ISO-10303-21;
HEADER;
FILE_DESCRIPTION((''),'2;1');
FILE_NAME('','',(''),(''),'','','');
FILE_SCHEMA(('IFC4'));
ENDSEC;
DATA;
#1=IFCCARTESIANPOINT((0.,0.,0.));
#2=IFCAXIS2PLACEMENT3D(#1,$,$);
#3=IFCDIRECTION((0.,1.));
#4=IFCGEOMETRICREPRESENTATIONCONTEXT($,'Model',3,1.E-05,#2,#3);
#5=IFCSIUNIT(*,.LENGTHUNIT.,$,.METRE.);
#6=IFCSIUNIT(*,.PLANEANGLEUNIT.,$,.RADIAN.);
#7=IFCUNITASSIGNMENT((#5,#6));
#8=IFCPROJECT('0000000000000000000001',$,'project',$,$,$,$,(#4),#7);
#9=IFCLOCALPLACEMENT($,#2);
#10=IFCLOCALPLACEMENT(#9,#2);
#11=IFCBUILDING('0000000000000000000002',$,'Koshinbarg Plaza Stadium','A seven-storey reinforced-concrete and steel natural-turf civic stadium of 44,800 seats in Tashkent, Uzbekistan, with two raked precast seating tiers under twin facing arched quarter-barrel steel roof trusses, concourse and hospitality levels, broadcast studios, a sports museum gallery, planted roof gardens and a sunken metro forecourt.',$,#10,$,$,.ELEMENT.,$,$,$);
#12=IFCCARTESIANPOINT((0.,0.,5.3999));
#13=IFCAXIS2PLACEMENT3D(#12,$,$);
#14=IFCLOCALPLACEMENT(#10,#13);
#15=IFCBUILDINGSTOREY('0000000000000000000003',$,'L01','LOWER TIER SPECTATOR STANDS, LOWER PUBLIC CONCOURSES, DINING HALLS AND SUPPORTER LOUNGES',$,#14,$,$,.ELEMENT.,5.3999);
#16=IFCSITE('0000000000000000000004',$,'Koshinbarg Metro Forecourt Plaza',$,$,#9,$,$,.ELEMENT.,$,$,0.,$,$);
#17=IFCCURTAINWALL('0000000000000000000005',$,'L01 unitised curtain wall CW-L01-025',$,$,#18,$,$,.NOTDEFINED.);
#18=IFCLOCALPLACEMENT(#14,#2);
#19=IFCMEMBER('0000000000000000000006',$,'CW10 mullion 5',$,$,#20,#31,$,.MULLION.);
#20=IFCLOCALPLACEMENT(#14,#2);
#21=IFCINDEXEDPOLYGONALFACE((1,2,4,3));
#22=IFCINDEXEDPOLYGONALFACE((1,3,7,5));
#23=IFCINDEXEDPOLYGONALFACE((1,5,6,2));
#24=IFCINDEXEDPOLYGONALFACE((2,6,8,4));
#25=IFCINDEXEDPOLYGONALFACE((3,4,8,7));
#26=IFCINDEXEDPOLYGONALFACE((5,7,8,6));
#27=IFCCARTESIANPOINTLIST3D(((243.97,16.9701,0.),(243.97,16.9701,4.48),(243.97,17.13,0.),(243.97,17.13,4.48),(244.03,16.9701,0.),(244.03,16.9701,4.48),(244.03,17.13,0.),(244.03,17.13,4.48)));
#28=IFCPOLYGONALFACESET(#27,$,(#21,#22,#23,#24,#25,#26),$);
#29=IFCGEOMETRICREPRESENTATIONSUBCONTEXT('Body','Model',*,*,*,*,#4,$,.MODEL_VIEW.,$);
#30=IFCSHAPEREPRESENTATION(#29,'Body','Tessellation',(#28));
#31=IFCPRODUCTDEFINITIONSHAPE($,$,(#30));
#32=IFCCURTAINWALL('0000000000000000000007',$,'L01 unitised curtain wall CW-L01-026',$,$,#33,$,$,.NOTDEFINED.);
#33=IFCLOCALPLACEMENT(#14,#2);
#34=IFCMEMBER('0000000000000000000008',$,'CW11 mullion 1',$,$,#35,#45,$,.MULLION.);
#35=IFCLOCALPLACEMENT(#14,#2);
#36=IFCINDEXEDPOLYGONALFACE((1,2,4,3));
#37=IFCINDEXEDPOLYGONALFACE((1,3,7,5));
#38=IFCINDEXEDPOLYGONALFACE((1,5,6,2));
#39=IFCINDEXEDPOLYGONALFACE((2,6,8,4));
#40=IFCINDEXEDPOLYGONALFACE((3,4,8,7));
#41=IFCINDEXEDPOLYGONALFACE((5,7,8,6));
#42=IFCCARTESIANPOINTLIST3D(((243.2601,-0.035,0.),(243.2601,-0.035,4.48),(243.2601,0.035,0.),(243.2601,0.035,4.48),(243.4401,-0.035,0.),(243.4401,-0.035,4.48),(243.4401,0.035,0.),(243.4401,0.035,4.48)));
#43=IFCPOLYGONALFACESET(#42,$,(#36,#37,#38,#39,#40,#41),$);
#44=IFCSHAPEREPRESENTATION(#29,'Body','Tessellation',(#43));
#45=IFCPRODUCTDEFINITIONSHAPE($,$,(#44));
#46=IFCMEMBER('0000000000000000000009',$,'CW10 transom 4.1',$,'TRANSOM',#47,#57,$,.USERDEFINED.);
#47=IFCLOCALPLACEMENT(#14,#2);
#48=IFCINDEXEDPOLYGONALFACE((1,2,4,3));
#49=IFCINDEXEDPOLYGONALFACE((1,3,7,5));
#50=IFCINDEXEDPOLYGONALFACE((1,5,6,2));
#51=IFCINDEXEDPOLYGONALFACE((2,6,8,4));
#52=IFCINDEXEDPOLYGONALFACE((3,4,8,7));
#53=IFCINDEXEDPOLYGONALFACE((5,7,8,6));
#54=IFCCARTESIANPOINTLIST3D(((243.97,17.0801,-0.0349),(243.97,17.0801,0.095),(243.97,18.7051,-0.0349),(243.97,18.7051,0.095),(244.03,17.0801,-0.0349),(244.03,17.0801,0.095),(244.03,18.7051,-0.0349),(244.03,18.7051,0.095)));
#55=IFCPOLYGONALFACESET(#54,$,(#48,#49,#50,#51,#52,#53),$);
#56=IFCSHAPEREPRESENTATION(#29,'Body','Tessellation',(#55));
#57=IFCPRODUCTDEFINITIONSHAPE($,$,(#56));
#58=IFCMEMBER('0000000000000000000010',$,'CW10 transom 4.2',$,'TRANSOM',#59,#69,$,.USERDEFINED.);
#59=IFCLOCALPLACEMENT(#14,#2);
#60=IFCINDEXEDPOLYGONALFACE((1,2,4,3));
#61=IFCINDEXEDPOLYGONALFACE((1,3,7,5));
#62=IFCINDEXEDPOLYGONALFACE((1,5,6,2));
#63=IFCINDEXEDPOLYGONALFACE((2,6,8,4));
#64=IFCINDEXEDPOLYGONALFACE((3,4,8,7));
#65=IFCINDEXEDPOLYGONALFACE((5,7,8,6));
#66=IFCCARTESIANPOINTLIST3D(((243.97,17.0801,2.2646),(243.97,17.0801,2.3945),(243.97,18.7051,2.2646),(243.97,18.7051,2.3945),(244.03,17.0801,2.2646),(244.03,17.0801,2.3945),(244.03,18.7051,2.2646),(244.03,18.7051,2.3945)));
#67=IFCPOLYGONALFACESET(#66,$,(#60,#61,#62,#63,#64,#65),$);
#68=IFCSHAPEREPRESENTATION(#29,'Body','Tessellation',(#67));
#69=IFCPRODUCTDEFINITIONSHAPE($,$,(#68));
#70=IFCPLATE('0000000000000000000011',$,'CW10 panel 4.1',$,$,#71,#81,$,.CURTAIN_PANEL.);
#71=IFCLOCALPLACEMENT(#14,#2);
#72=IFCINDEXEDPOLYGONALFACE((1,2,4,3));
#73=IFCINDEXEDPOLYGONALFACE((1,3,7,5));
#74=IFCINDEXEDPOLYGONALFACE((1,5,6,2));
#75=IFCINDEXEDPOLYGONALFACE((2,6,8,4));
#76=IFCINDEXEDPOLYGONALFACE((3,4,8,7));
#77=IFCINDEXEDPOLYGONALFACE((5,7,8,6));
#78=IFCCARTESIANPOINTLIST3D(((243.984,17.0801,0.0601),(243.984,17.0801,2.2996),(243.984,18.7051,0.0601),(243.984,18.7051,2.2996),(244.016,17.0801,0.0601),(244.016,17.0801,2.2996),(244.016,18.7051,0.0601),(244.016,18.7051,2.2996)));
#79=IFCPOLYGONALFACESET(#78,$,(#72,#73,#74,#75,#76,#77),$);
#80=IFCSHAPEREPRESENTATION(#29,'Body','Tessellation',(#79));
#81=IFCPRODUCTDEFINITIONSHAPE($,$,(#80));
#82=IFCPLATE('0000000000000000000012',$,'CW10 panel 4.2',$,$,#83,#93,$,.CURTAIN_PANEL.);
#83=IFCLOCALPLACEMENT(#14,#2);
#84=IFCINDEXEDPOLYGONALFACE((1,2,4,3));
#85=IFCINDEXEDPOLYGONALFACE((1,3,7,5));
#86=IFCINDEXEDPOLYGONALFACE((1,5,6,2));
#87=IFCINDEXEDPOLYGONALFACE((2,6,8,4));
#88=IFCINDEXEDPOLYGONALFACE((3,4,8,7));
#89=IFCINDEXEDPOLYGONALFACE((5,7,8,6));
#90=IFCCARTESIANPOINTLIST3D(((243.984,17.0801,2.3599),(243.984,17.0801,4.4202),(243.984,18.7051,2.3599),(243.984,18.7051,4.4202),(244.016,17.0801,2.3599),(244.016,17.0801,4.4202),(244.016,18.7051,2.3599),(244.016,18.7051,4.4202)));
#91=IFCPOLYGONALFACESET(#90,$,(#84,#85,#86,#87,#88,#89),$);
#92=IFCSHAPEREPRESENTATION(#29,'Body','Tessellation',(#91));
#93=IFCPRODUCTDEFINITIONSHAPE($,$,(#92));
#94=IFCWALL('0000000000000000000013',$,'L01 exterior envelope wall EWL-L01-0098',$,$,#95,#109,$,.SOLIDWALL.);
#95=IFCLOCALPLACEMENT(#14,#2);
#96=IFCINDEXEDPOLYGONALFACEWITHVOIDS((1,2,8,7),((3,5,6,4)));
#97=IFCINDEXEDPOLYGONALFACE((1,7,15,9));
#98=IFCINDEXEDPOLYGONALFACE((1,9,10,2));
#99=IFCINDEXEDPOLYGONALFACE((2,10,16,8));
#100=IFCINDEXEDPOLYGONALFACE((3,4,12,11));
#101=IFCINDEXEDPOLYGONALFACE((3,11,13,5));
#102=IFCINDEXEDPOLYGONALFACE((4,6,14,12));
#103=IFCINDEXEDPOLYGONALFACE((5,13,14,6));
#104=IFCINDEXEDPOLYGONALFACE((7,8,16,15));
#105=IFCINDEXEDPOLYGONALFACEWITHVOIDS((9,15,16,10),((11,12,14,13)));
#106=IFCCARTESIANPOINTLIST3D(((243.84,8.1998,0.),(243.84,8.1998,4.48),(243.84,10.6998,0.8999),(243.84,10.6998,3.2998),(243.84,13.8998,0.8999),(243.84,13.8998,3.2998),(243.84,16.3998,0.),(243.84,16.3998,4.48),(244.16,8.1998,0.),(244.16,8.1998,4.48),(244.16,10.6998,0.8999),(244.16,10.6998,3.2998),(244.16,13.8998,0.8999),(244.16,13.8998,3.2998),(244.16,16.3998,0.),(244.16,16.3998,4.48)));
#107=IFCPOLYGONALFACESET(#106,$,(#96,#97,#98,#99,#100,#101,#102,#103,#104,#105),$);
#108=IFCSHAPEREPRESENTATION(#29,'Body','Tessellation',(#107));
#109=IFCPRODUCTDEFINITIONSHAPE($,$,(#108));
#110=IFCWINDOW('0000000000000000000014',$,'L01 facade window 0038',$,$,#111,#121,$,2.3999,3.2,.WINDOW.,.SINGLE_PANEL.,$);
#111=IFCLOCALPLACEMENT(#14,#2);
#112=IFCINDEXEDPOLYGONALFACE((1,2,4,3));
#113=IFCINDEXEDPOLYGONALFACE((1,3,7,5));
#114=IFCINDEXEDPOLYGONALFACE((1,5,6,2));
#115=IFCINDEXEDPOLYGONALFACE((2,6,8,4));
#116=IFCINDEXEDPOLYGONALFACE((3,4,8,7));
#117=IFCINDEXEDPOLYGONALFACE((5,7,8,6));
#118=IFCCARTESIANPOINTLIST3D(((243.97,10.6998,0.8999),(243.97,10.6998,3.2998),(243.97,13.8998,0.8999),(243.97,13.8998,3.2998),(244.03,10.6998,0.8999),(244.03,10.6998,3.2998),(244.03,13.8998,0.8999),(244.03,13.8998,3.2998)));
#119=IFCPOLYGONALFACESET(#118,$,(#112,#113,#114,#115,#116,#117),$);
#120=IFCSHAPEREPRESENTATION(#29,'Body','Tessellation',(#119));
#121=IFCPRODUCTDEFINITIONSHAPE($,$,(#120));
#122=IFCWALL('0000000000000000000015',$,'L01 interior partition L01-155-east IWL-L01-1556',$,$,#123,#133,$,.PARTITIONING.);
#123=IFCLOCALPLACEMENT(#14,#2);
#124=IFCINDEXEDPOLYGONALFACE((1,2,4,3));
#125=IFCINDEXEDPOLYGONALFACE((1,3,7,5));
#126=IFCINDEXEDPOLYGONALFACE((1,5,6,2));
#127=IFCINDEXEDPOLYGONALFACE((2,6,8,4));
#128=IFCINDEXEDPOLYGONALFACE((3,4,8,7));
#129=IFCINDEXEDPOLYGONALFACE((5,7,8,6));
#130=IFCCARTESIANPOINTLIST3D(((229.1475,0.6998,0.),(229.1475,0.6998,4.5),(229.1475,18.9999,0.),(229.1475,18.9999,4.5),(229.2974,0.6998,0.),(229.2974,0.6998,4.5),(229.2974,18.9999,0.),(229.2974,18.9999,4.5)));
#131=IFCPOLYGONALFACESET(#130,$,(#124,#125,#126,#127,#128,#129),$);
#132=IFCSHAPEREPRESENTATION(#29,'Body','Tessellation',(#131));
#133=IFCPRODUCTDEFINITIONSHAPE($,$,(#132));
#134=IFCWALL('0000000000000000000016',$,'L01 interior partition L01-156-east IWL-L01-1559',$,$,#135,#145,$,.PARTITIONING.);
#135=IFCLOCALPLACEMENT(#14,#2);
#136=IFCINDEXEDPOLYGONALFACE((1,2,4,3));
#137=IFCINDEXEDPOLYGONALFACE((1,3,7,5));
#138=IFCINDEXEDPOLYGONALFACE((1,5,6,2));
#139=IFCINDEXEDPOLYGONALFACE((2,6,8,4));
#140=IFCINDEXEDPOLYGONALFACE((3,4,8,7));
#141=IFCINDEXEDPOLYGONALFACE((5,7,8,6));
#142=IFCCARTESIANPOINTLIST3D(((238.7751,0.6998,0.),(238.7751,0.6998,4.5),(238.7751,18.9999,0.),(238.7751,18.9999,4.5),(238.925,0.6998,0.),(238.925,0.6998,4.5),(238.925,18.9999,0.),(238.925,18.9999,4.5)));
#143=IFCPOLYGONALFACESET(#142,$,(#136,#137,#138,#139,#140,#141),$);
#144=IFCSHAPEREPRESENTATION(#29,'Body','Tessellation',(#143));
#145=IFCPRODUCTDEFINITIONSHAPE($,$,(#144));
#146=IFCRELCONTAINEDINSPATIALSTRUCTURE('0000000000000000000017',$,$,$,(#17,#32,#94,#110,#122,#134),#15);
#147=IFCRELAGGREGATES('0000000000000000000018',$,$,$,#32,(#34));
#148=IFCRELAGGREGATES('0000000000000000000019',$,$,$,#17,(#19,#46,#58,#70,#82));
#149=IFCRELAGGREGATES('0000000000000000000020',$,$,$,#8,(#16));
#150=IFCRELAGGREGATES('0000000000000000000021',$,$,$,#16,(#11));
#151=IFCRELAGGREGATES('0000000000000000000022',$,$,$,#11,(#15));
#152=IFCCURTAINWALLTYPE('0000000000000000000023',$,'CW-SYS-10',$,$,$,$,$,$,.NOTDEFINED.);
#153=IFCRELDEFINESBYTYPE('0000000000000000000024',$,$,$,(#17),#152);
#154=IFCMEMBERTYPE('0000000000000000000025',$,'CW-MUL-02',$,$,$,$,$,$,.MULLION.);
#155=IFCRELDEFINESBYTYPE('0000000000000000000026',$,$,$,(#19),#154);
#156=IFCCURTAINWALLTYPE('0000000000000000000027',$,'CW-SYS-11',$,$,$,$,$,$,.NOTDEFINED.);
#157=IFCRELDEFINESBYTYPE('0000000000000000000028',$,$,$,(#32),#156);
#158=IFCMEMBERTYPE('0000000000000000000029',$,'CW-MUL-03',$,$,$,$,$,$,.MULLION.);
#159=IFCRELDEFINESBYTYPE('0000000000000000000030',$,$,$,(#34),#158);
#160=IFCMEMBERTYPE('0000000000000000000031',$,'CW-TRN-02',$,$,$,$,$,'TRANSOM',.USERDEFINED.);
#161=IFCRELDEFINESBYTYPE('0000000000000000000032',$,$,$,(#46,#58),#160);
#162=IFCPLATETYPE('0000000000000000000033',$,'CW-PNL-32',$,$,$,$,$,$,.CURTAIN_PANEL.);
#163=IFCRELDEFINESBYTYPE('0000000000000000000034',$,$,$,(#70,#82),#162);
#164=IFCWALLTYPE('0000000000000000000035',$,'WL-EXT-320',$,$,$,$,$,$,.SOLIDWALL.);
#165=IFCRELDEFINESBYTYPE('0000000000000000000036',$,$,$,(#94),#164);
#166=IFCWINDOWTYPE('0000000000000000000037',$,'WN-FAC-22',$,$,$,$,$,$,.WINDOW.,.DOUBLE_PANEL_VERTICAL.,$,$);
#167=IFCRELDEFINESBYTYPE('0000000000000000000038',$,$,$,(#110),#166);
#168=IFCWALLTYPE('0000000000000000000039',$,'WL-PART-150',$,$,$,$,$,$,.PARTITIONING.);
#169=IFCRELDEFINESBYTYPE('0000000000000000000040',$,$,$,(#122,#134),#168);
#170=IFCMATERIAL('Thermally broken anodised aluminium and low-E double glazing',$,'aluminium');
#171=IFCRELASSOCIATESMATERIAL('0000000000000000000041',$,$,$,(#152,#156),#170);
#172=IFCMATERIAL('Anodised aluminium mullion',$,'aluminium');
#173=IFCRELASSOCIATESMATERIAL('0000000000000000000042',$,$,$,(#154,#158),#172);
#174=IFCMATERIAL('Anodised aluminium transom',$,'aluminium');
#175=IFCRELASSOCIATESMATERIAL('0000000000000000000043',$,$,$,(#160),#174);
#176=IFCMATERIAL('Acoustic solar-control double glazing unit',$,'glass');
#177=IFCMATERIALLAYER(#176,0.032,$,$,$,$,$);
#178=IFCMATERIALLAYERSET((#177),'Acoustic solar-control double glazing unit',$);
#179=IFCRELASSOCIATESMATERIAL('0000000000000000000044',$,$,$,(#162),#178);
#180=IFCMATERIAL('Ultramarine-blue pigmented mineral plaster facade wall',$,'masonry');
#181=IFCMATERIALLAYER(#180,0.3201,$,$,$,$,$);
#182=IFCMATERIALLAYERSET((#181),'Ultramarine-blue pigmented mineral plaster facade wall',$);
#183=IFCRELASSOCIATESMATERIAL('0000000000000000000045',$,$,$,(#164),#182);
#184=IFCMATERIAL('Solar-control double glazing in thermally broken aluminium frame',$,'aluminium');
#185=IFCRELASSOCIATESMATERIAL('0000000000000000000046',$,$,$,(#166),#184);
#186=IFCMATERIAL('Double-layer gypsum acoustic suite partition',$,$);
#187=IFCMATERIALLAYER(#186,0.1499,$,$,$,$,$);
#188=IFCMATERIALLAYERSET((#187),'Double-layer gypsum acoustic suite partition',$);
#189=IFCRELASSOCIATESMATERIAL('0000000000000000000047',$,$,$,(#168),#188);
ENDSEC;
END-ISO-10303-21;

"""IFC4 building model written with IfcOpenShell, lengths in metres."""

from ifc_helpers import new_model, si_unit, direction, frame, frame_2d, origin, origin_2d, place, context, subcontext, project, spatial, rectangle, extrude, material, layer, layer_set, material_profile, profile_set, type_object, element, fill, aggregate, save


model = new_model("IFC4")

# Units and contexts
model_context = context("Model", 3, precision=1e-05, world=origin(), true_north=direction((0.0, 1.0)))
body_context = subcontext(model_context, "Body", "Model", "MODEL_VIEW")
ifc_project = project(units=[si_unit("LENGTHUNIT", "METRE"), si_unit("PLANEANGLEUNIT", "RADIAN")], contexts=[model_context])

# Site, building, storey
site_placement = place(None, origin())
site = spatial("IfcSite", under=ifc_project, at=site_placement, Name="Koshinbarg Metro Forecourt Plaza", CompositionType="ELEMENT", RefElevation=0.0)
building_placement = place(site_placement, origin())
building = spatial("IfcBuilding", under=site, at=building_placement, Name="Koshinbarg Plaza Stadium", Description="A seven-storey reinforced-concrete and steel natural-turf civic stadium of 44,800 seats in Tashkent, Uzbekistan, with two raked precast seating tiers under twin facing arched quarter-barrel steel roof trusses, concourse and hospitality levels, broadcast studios, a sports museum gallery, planted roof gardens and a sunken metro forecourt.", CompositionType="ELEMENT")
storey_placement = place(building_placement, frame((0.0, 0.0, 5.3999)))
storey = spatial("IfcBuildingStorey", under=building, at=storey_placement, Name="L01", Description="LOWER TIER SPECTATOR STANDS, LOWER PUBLIC CONCOURSES, DINING HALLS AND SUPPORTER LOUNGES", CompositionType="ELEMENT", Elevation=5.3999)

# Curtain walls, members
ifc_material_1 = material(Name="Thermally broken anodised aluminium and low-E double glazing", Category="aluminium")
curtain_wall_type_1 = type_object("IfcCurtainWallType", Name="CW-SYS-10", PredefinedType="NOTDEFINED", material=ifc_material_1)
curtain_wall_1_placement = place(storey_placement, origin())
curtain_wall_1 = element("IfcCurtainWall", 1, at=curtain_wall_1_placement, inside=storey, type_object=curtain_wall_type_1, Name="L01 unitised curtain wall CW-L01-025", PredefinedType="NOTDEFINED")
ifc_material_2 = material(Name="Anodised aluminium mullion", Category="aluminium")
ifc_material_profile_1 = material_profile(ifc_material_2, rectangle(XDim=0.0601, YDim=0.1599, at=origin_2d()), Name="ALU 60x160")
ifc_profile_set_1 = profile_set([ifc_material_profile_1], Name="Anodised aluminium mullion")
member_type_1 = type_object("IfcMemberType", Name="CW-MUL-02", PredefinedType="MULLION", material=ifc_profile_set_1)
member_1_placement = place(storey_placement, frame((244.0, 17.05, 0.0), z_axis=(0.0, 0.0, 1.0), x_axis=(1.0, 0.0, 0.0)))
member_1 = element("IfcMember", 2, at=member_1_placement, type_object=member_type_1, Name="CW10 mullion 5", PredefinedType="MULLION", context=body_context, shape_type="SweptSolid", body=[
    extrude(rectangle(XDim=0.0601, YDim=0.1599, at=origin_2d()), origin(), (0.0, 0.0, 1.0), 4.48),
])
curtain_wall_type_2 = type_object("IfcCurtainWallType", Name="CW-SYS-11", PredefinedType="NOTDEFINED", material=ifc_material_1)
curtain_wall_2_placement = place(storey_placement, origin())
curtain_wall_2 = element("IfcCurtainWall", 3, at=curtain_wall_2_placement, inside=storey, type_object=curtain_wall_type_2, Name="L01 unitised curtain wall CW-L01-026", PredefinedType="NOTDEFINED")
ifc_material_profile_2 = material_profile(ifc_material_2, rectangle(XDim=0.0701, YDim=0.1799, at=origin_2d()), Name="ALU 70x180")
ifc_profile_set_2 = profile_set([ifc_material_profile_2], Name="Anodised aluminium mullion")
member_type_2 = type_object("IfcMemberType", Name="CW-MUL-03", PredefinedType="MULLION", material=ifc_profile_set_2)
member_2_placement = place(storey_placement, frame((243.3501, 0.0, 0.0), z_axis=(0.0, 0.0, 1.0), x_axis=(0.0, -1.0, 0.0)))
member_2 = element("IfcMember", 4, at=member_2_placement, type_object=member_type_2, Name="CW11 mullion 1", PredefinedType="MULLION", context=body_context, shape_type="SweptSolid", body=[
    extrude(rectangle(XDim=0.0701, YDim=0.1799, at=origin_2d()), origin(), (0.0, 0.0, 1.0), 4.48),
])
aggregate(curtain_wall_2, [member_2])

# Members
ifc_material_3 = material(Name="Anodised aluminium transom", Category="aluminium")
ifc_material_profile_3 = material_profile(ifc_material_3, rectangle(XDim=0.0601, YDim=0.1299, at=origin_2d()), Name="ALU 60x130")
ifc_profile_set_3 = profile_set([ifc_material_profile_3], Name="Anodised aluminium transom")
member_type_3 = type_object("IfcMemberType", Name="CW-TRN-02", ElementType="TRANSOM", PredefinedType="USERDEFINED", material=ifc_profile_set_3)
member_3_placement = place(storey_placement, frame((244.0, 18.7051, 0.03), z_axis=(0.0, -1.0, 0.0), x_axis=(1.0, 0.0, 0.0)))
member_3 = element("IfcMember", 5, at=member_3_placement, type_object=member_type_3, Name="CW10 transom 4.1", ObjectType="TRANSOM", PredefinedType="USERDEFINED", context=body_context, shape_type="SweptSolid", body=[
    extrude(rectangle(XDim=0.0601, YDim=0.1299, at=origin_2d()), origin(), (0.0, 0.0, 1.0), 1.625),
])
member_4_placement = place(storey_placement, frame((244.0, 18.7051, 2.3296), z_axis=(0.0, -1.0, 0.0), x_axis=(1.0, 0.0, 0.0)))
member_4 = element("IfcMember", 6, at=member_4_placement, type_object=member_type_3, Name="CW10 transom 4.2", ObjectType="TRANSOM", PredefinedType="USERDEFINED", context=body_context, shape_type="SweptSolid", body=[
    extrude(rectangle(XDim=0.0601, YDim=0.1299, at=origin_2d()), origin(), (0.0, 0.0, 1.0), 1.625),
])

# Plates
ifc_material_4 = material(Name="Acoustic solar-control double glazing unit", Category="glass")
ifc_layer_1 = layer(ifc_material_4, 0.032)
ifc_layer_set_1 = layer_set([ifc_layer_1], Name="Acoustic solar-control double glazing unit")
plate_type = type_object("IfcPlateType", Name="CW-PNL-32", PredefinedType="CURTAIN_PANEL", material=ifc_layer_set_1)
plate_1_placement = place(storey_placement, frame((244.0, 17.8926, 0.0601), z_axis=(0.0, 0.0, 1.0), x_axis=(0.0, -1.0, 0.0)))
plate_1 = element("IfcPlate", 7, at=plate_1_placement, type_object=plate_type, Name="CW10 panel 4.1", PredefinedType="CURTAIN_PANEL", context=body_context, shape_type="SweptSolid", body=[
    extrude(rectangle(XDim=1.625, YDim=0.032, at=origin_2d()), origin(), (0.0, 0.0, 1.0), 2.2395),
])
plate_2_placement = place(storey_placement, frame((244.0, 17.8926, 2.3599), z_axis=(0.0, 0.0, 1.0), x_axis=(0.0, -1.0, 0.0)))
plate_2 = element("IfcPlate", 8, at=plate_2_placement, type_object=plate_type, Name="CW10 panel 4.2", PredefinedType="CURTAIN_PANEL", context=body_context, shape_type="SweptSolid", body=[
    extrude(rectangle(XDim=1.625, YDim=0.032, at=origin_2d()), origin(), (0.0, 0.0, 1.0), 2.0603),
])
aggregate(curtain_wall_1, [member_1, member_3, member_4, plate_1, plate_2])

# Wall, opening, window
ifc_material_5 = material(Name="Ultramarine-blue pigmented mineral plaster facade wall", Category="masonry")
ifc_layer_2 = layer(ifc_material_5, 0.3201)
ifc_layer_set_2 = layer_set([ifc_layer_2], Name="Ultramarine-blue pigmented mineral plaster facade wall")
wall_type_1 = type_object("IfcWallType", Name="WL-EXT-320", PredefinedType="SOLIDWALL", material=ifc_layer_set_2)
wall_placement = place(storey_placement, frame((244.0, 16.3999, 0.0), z_axis=(0.0, 0.0, 1.0), x_axis=(0.0, -1.0, 0.0)))
wall = element("IfcWall", 9, at=wall_placement, inside=storey, type_object=wall_type_1, Name="L01 exterior envelope wall EWL-L01-0098", PredefinedType="SOLIDWALL", context=body_context, shape_type="SweptSolid", body=[
    extrude(rectangle(XDim=8.2, YDim=0.3201, at=frame_2d((4.1001, 0.0))), origin(), (0.0, 0.0, 1.0), 4.48),
])
opening_placement = place(wall_placement, frame((2.5, 0.0, 0.8999)))
opening = element("IfcOpeningElement", 10, at=opening_placement, cuts=wall, PredefinedType="OPENING", context=body_context, shape_type="SweptSolid", body=[
    extrude(rectangle(XDim=3.2, YDim=2.3999, at=frame_2d((1.6001, 1.2))), frame((0.0, 0.1699, 0.0), z_axis=(0.0, -1.0, 0.0), x_axis=(1.0, 0.0, 0.0)), (0.0, 0.0, 1.0), 0.3401),
])
ifc_material_6 = material(Name="Solar-control double glazing in thermally broken aluminium frame", Category="aluminium")
window_type = type_object("IfcWindowType", Name="WN-FAC-22", PartitioningType="DOUBLE_PANEL_VERTICAL", PredefinedType="WINDOW", material=ifc_material_6)
window_placement = place(opening_placement, origin())
window = element("IfcWindow", 11, at=window_placement, inside=storey, type_object=window_type, Name="L01 facade window 0038", OverallHeight=2.3999, OverallWidth=3.2, PartitioningType="SINGLE_PANEL", PredefinedType="WINDOW", context=body_context, shape_type="SweptSolid", body=[
    extrude(rectangle(XDim=3.2, YDim=2.3999, at=frame_2d((1.6001, 1.2))), frame((0.0, 0.03, 0.0), z_axis=(0.0, -1.0, 0.0), x_axis=(1.0, 0.0, 0.0)), (0.0, 0.0, 1.0), 0.0601),
])
fill(opening, window)

# Walls
ifc_material_7 = material(Name="Double-layer gypsum acoustic suite partition")
ifc_layer_3 = layer(ifc_material_7, 0.1499)
ifc_layer_set_3 = layer_set([ifc_layer_3], Name="Double-layer gypsum acoustic suite partition")
wall_type_2 = type_object("IfcWallType", Name="WL-PART-150", PredefinedType="PARTITIONING", material=ifc_layer_set_3)
for number, where, z_axis, x_axis, name in (
    (12, (229.2224, 0.7, 0.0), (0.0, 0.0, 1.0), (0.0, 1.0, 0.0), "L01 interior partition L01-155-east IWL-L01-1556"),
    (13, (238.8501, 0.7, 0.0), (0.0, 0.0, 1.0), (0.0, 1.0, 0.0), "L01 interior partition L01-156-east IWL-L01-1559"),
):
    element("IfcWall", number, at=place(storey_placement, frame(where, z_axis=z_axis, x_axis=x_axis)), inside=storey, type_object=wall_type_2, Name=name, PredefinedType="PARTITIONING", context=body_context, shape_type="SweptSolid", body=[
        extrude(rectangle(XDim=18.3, YDim=0.1499, at=frame_2d((9.1499, 0.0))), origin(), (0.0, 0.0, 1.0), 4.5),
    ])

save(model, "model.ifc")
